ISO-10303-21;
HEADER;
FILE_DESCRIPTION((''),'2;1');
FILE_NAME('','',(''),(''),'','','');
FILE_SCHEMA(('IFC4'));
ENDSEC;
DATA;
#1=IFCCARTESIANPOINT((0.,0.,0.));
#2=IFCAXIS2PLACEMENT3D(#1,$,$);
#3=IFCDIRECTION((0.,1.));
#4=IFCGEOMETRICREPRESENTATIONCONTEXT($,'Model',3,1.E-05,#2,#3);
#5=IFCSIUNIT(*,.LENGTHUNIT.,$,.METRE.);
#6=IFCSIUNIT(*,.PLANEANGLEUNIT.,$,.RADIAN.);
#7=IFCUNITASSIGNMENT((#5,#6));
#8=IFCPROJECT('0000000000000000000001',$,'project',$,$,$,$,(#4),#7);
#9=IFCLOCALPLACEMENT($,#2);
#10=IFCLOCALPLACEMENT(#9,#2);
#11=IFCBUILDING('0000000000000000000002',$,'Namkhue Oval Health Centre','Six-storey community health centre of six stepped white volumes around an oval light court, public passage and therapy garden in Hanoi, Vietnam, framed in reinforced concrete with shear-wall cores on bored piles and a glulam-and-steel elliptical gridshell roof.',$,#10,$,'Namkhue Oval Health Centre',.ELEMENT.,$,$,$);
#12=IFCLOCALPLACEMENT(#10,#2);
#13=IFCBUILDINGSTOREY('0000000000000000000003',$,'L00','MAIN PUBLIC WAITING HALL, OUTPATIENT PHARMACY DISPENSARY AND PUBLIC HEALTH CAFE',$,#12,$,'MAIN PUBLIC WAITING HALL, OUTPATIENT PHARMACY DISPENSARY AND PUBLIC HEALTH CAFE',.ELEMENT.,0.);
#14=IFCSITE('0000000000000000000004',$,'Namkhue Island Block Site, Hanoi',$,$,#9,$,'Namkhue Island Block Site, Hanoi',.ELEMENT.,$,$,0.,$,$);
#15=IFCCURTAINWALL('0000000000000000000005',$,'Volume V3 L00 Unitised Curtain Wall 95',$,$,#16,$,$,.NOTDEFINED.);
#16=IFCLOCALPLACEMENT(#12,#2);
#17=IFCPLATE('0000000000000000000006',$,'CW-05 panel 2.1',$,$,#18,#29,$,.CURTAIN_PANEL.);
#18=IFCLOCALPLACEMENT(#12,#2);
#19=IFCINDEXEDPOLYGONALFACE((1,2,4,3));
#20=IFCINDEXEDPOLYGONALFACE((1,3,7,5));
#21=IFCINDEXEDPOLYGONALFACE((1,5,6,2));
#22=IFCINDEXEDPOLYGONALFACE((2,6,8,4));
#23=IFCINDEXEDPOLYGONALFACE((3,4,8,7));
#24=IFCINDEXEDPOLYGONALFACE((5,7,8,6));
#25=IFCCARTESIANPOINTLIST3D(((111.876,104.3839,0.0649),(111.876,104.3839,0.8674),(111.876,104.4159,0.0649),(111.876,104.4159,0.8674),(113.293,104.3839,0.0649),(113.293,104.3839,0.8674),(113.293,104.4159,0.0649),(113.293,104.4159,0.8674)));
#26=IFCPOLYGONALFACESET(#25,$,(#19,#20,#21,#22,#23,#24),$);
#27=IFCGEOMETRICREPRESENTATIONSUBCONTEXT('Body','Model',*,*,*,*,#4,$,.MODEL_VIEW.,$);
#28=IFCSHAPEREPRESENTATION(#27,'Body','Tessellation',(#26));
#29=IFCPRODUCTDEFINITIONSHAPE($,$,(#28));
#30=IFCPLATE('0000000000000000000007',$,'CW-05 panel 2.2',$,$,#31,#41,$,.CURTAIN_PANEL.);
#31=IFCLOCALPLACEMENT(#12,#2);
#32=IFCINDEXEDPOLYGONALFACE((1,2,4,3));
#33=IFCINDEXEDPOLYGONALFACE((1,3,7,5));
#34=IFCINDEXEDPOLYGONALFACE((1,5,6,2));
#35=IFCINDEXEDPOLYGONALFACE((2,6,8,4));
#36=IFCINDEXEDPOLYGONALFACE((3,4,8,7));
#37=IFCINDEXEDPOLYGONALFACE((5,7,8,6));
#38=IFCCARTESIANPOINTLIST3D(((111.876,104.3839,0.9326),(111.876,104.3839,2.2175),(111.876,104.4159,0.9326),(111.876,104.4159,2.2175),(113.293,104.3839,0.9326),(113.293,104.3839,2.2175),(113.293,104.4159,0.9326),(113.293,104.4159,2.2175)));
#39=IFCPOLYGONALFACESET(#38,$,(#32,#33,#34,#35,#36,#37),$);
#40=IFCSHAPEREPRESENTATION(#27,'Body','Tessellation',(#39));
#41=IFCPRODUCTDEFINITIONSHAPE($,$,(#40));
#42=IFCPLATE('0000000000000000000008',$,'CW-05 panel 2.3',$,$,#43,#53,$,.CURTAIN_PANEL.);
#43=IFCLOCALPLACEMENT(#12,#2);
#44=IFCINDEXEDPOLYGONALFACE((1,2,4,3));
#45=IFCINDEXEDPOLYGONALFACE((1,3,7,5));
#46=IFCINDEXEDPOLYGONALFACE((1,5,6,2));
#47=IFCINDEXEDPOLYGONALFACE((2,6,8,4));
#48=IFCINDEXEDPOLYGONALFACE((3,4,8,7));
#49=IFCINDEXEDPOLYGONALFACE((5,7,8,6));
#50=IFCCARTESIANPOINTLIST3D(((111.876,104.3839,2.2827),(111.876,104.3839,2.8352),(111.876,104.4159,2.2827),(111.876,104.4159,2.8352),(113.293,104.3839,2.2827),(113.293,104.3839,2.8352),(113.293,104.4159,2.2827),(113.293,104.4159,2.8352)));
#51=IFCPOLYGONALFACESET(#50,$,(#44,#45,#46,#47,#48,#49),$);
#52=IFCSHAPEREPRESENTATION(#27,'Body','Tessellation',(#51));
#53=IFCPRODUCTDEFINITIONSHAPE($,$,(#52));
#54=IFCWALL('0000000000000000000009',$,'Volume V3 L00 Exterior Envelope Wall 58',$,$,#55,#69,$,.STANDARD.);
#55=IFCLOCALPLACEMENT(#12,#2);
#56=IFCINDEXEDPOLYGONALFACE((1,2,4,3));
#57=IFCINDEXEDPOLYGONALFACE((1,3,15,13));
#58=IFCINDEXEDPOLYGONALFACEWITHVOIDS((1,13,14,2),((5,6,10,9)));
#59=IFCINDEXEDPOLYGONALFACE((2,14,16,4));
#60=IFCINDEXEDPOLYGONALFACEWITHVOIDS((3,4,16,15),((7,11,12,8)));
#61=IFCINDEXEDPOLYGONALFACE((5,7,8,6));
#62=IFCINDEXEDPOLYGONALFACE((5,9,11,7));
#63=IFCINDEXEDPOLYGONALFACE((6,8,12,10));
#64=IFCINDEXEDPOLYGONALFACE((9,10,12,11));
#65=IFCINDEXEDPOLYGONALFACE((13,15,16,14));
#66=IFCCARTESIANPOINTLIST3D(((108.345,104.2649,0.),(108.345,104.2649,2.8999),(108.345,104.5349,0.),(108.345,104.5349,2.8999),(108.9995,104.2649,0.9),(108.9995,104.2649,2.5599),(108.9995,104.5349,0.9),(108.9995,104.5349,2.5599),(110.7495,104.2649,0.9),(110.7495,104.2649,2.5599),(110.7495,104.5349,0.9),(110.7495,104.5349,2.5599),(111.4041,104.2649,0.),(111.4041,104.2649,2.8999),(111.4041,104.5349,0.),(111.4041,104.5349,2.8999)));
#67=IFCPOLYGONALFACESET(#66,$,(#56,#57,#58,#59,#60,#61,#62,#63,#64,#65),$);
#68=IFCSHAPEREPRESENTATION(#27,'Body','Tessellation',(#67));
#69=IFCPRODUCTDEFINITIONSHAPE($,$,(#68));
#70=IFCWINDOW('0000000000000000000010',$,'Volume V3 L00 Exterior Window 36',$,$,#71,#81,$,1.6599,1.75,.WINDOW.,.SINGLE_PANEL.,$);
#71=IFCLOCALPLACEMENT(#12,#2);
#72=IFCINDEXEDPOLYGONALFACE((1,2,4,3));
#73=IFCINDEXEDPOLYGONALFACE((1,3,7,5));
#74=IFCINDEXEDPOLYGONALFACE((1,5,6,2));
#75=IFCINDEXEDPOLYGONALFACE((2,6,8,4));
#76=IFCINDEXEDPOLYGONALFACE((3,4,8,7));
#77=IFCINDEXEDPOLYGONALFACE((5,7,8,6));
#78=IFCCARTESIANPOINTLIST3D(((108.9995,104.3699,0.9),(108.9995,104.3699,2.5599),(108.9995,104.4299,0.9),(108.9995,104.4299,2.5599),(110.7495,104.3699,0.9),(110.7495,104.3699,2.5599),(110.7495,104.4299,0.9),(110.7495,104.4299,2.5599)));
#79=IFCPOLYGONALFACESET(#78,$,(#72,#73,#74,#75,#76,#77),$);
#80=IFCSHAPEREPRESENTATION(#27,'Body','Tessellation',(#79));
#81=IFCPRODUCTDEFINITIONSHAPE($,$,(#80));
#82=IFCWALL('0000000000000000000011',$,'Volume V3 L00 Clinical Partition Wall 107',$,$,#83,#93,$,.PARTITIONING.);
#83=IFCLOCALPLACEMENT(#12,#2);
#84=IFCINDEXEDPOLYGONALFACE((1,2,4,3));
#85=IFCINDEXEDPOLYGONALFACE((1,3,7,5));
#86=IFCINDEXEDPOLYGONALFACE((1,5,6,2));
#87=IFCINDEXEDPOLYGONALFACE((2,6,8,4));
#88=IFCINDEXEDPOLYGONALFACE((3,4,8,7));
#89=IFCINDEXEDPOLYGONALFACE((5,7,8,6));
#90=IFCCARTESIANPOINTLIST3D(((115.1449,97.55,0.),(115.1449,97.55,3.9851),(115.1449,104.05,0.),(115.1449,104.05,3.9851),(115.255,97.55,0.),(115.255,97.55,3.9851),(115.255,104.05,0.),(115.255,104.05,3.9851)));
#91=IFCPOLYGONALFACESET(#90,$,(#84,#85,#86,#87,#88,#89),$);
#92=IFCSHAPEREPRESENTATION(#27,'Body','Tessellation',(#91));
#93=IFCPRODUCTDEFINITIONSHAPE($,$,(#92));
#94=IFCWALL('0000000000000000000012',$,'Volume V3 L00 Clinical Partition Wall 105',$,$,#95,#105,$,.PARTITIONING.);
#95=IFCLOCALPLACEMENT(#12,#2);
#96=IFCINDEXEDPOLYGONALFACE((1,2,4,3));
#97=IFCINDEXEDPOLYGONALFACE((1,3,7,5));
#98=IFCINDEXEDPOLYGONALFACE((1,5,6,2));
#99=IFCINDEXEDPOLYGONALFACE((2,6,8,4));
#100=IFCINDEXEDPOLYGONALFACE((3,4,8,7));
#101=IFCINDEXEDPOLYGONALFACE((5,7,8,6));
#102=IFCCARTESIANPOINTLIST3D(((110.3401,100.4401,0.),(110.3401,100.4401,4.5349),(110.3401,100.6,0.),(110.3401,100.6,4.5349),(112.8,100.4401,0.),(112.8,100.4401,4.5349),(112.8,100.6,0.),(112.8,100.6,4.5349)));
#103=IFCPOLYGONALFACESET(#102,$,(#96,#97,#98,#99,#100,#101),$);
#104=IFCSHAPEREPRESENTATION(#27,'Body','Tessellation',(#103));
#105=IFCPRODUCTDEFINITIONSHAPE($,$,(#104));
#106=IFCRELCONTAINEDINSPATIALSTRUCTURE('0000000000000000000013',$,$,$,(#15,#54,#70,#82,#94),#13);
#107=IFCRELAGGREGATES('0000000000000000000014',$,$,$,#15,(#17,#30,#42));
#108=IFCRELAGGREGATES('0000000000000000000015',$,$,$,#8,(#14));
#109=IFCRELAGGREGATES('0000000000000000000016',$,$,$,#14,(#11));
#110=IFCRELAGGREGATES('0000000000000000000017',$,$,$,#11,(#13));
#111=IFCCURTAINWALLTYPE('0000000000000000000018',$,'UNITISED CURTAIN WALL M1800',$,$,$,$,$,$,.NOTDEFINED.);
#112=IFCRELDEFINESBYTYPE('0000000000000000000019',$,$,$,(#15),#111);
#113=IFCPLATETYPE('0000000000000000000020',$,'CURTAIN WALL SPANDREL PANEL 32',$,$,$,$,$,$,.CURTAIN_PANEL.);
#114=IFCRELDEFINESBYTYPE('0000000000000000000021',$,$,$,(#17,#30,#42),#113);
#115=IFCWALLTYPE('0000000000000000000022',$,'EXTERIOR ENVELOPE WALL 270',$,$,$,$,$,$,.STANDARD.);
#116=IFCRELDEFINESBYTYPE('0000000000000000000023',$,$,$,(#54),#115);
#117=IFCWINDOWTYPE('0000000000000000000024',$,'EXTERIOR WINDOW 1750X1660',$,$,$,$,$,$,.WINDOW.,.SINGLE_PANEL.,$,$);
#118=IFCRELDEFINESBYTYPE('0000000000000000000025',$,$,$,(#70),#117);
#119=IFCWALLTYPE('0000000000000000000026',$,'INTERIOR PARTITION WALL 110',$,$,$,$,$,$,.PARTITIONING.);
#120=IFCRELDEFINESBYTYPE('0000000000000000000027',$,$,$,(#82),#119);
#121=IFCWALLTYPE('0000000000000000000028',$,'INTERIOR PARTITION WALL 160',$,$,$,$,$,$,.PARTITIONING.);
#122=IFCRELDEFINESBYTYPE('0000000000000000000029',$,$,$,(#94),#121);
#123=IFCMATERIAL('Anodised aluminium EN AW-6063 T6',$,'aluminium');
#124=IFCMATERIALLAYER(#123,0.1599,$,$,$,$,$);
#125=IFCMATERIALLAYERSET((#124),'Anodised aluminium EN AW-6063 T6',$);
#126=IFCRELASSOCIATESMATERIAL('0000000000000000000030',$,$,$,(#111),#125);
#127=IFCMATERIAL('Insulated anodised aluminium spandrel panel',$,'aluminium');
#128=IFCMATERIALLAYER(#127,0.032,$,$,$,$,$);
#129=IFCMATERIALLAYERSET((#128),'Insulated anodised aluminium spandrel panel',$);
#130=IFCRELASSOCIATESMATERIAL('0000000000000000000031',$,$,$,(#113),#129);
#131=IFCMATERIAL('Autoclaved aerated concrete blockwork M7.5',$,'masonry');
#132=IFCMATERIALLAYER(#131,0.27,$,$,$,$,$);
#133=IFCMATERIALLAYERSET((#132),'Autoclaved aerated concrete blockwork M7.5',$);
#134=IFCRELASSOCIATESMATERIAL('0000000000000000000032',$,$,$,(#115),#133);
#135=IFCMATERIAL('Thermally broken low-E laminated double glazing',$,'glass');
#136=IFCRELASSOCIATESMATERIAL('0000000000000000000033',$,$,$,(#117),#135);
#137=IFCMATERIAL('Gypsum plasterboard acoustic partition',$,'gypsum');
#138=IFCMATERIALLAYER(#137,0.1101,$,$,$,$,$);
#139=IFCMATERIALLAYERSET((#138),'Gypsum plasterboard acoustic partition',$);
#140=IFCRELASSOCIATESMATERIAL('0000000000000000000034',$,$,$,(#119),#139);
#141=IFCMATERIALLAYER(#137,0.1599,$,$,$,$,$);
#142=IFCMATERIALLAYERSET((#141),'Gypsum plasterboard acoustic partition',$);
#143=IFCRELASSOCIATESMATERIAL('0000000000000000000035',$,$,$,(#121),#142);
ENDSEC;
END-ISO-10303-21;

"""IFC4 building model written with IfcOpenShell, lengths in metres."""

from ifc_helpers import new_model, si_unit, direction, frame, frame_2d, origin, origin_2d, place, context, subcontext, project, spatial, rectangle, extrude, material, layer, layer_set, type_object, element, fill, aggregate, save


model = new_model("IFC4")

# Units and contexts
model_context = context("Model", 3, precision=1e-05, world=origin(), true_north=direction((0.0, 1.0)))
body_context = subcontext(model_context, "Body", "Model", "MODEL_VIEW")
ifc_project = project(units=[si_unit("LENGTHUNIT", "METRE"), si_unit("PLANEANGLEUNIT", "RADIAN")], contexts=[model_context])

# Site, building, storey
site_placement = place(None, origin())
site = spatial("IfcSite", under=ifc_project, at=site_placement, Name="Namkhue Island Block Site, Hanoi", LongName="Namkhue Island Block Site, Hanoi", CompositionType="ELEMENT", RefElevation=0.0)
building_placement = place(site_placement, origin())
building = spatial("IfcBuilding", under=site, at=building_placement, Name="Namkhue Oval Health Centre", Description="Six-storey community health centre of six stepped white volumes around an oval light court, public passage and therapy garden in Hanoi, Vietnam, framed in reinforced concrete with shear-wall cores on bored piles and a glulam-and-steel elliptical gridshell roof.", LongName="Namkhue Oval Health Centre", CompositionType="ELEMENT")
storey_placement = place(building_placement, origin())
storey = spatial("IfcBuildingStorey", under=building, at=storey_placement, Name="L00", Description="MAIN PUBLIC WAITING HALL, OUTPATIENT PHARMACY DISPENSARY AND PUBLIC HEALTH CAFE", LongName="MAIN PUBLIC WAITING HALL, OUTPATIENT PHARMACY DISPENSARY AND PUBLIC HEALTH CAFE", CompositionType="ELEMENT", Elevation=0.0)

# Curtain wall
ifc_material_1 = material(Name="Anodised aluminium EN AW-6063 T6", Category="aluminium")
ifc_layer_1 = layer(ifc_material_1, 0.1599)
ifc_layer_set_1 = layer_set([ifc_layer_1], Name="Anodised aluminium EN AW-6063 T6")
curtain_wall_type = type_object("IfcCurtainWallType", Name="UNITISED CURTAIN WALL M1800", PredefinedType="NOTDEFINED", material=ifc_layer_set_1)
curtain_wall_placement = place(storey_placement, origin())
curtain_wall = element("IfcCurtainWall", 1, at=curtain_wall_placement, inside=storey, type_object=curtain_wall_type, Name="Volume V3 L00 Unitised Curtain Wall 95", PredefinedType="NOTDEFINED")

# Plates
ifc_material_2 = material(Name="Insulated anodised aluminium spandrel panel", Category="aluminium")
ifc_layer_2 = layer(ifc_material_2, 0.032)
ifc_layer_set_2 = layer_set([ifc_layer_2], Name="Insulated anodised aluminium spandrel panel")
plate_type = type_object("IfcPlateType", Name="CURTAIN WALL SPANDREL PANEL 32", PredefinedType="CURTAIN_PANEL", material=ifc_layer_set_2)
plate_1_placement = place(storey_placement, frame((112.5845, 104.3999, 0.0649), z_axis=(0.0, 0.0, 1.0), x_axis=(-1.0, 0.0, 0.0)))
plate_1 = element("IfcPlate", 2, at=plate_1_placement, type_object=plate_type, Name="CW-05 panel 2.1", PredefinedType="CURTAIN_PANEL", context=body_context, shape_type="SweptSolid", body=[
    extrude(rectangle(XDim=1.417, YDim=0.032, at=origin_2d()), origin(), (0.0, 0.0, 1.0), 0.8025),
])
plate_2_placement = place(storey_placement, frame((112.5845, 104.3999, 0.9326), z_axis=(0.0, 0.0, 1.0), x_axis=(-1.0, 0.0, 0.0)))
plate_2 = element("IfcPlate", 3, at=plate_2_placement, type_object=plate_type, Name="CW-05 panel 2.2", PredefinedType="CURTAIN_PANEL", context=body_context, shape_type="SweptSolid", body=[
    extrude(rectangle(XDim=1.417, YDim=0.032, at=origin_2d()), origin(), (0.0, 0.0, 1.0), 1.2849),
])
plate_3_placement = place(storey_placement, frame((112.5845, 104.3999, 2.2827), z_axis=(0.0, 0.0, 1.0), x_axis=(-1.0, 0.0, 0.0)))
plate_3 = element("IfcPlate", 4, at=plate_3_placement, type_object=plate_type, Name="CW-05 panel 2.3", PredefinedType="CURTAIN_PANEL", context=body_context, shape_type="SweptSolid", body=[
    extrude(rectangle(XDim=1.417, YDim=0.032, at=origin_2d()), origin(), (0.0, 0.0, 1.0), 0.5525),
])
aggregate(curtain_wall, [plate_1, plate_2, plate_3])

# Wall, opening, window
ifc_material_3 = material(Name="Autoclaved aerated concrete blockwork M7.5", Category="masonry")
ifc_layer_3 = layer(ifc_material_3, 0.27)
ifc_layer_set_3 = layer_set([ifc_layer_3], Name="Autoclaved aerated concrete blockwork M7.5")
wall_type_1 = type_object("IfcWallType", Name="EXTERIOR ENVELOPE WALL 270", PredefinedType="STANDARD", material=ifc_layer_set_3)
wall_1_placement = place(storey_placement, frame((111.4041, 104.3999, 0.0), z_axis=(0.0, 0.0, 1.0), x_axis=(-1.0, 0.0, 0.0)))
wall_1 = element("IfcWall", 5, at=wall_1_placement, inside=storey, type_object=wall_type_1, Name="Volume V3 L00 Exterior Envelope Wall 58", PredefinedType="STANDARD", context=body_context, shape_type="SweptSolid", body=[
    extrude(rectangle(XDim=3.0591, YDim=0.27, at=frame_2d((1.5295, 0.0))), origin(), (0.0, 0.0, 1.0), 2.8999),
])
opening_placement = place(wall_1_placement, frame((0.6545, 0.0, 0.8999)))
opening = element("IfcOpeningElement", 6, at=opening_placement, cuts=wall_1, PredefinedType="OPENING", context=body_context, shape_type="SweptSolid", body=[
    extrude(rectangle(XDim=1.75, YDim=1.6599, at=frame_2d((0.875, 0.8301))), frame((0.0, 0.145, 0.0), z_axis=(0.0, -1.0, 0.0), x_axis=(1.0, 0.0, 0.0)), (0.0, 0.0, 1.0), 0.29),
])
ifc_material_4 = material(Name="Thermally broken low-E laminated double glazing", Category="glass")
window_type = type_object("IfcWindowType", Name="EXTERIOR WINDOW 1750X1660", PartitioningType="SINGLE_PANEL", PredefinedType="WINDOW", material=ifc_material_4)
window_placement = place(opening_placement, origin())
window = element("IfcWindow", 7, at=window_placement, inside=storey, type_object=window_type, Name="Volume V3 L00 Exterior Window 36", OverallHeight=1.6599, OverallWidth=1.75, PartitioningType="SINGLE_PANEL", PredefinedType="WINDOW", context=body_context, shape_type="SweptSolid", body=[
    extrude(rectangle(XDim=1.75, YDim=1.6599, at=frame_2d((0.875, 0.8301))), frame((0.0, 0.03, 0.0), z_axis=(0.0, -1.0, 0.0), x_axis=(1.0, 0.0, 0.0)), (0.0, 0.0, 1.0), 0.0601),
])
fill(opening, window)

# Walls
ifc_material_5 = material(Name="Gypsum plasterboard acoustic partition", Category="gypsum")
ifc_layer_4 = layer(ifc_material_5, 0.1101)
ifc_layer_set_4 = layer_set([ifc_layer_4], Name="Gypsum plasterboard acoustic partition")
wall_type_2 = type_object("IfcWallType", Name="INTERIOR PARTITION WALL 110", PredefinedType="PARTITIONING", material=ifc_layer_set_4)
wall_2_placement = place(storey_placement, frame((115.2, 97.55, 0.0), z_axis=(0.0, 0.0, 1.0), x_axis=(0.0, 1.0, 0.0)))
element("IfcWall", 8, at=wall_2_placement, inside=storey, type_object=wall_type_2, Name="Volume V3 L00 Clinical Partition Wall 107", PredefinedType="PARTITIONING", context=body_context, shape_type="SweptSolid", body=[
    extrude(rectangle(XDim=6.5, YDim=0.1101, at=frame_2d((3.25, 0.0))), origin(), (0.0, 0.0, 1.0), 3.9851),
])
ifc_layer_5 = layer(ifc_material_5, 0.1599)
ifc_layer_set_5 = layer_set([ifc_layer_5], Name="Gypsum plasterboard acoustic partition")
wall_type_3 = type_object("IfcWallType", Name="INTERIOR PARTITION WALL 160", PredefinedType="PARTITIONING", material=ifc_layer_set_5)
wall_3_placement = place(storey_placement, frame((110.3401, 100.52, 0.0), z_axis=(0.0, 0.0, 1.0), x_axis=(1.0, 0.0, 0.0)))
element("IfcWall", 9, at=wall_3_placement, inside=storey, type_object=wall_type_3, Name="Volume V3 L00 Clinical Partition Wall 105", PredefinedType="PARTITIONING", context=body_context, shape_type="SweptSolid", body=[
    extrude(rectangle(XDim=2.46, YDim=0.1599, at=frame_2d((1.23, 0.0))), origin(), (0.0, 0.0, 1.0), 4.5349),
])

save(model, "model.ifc")
